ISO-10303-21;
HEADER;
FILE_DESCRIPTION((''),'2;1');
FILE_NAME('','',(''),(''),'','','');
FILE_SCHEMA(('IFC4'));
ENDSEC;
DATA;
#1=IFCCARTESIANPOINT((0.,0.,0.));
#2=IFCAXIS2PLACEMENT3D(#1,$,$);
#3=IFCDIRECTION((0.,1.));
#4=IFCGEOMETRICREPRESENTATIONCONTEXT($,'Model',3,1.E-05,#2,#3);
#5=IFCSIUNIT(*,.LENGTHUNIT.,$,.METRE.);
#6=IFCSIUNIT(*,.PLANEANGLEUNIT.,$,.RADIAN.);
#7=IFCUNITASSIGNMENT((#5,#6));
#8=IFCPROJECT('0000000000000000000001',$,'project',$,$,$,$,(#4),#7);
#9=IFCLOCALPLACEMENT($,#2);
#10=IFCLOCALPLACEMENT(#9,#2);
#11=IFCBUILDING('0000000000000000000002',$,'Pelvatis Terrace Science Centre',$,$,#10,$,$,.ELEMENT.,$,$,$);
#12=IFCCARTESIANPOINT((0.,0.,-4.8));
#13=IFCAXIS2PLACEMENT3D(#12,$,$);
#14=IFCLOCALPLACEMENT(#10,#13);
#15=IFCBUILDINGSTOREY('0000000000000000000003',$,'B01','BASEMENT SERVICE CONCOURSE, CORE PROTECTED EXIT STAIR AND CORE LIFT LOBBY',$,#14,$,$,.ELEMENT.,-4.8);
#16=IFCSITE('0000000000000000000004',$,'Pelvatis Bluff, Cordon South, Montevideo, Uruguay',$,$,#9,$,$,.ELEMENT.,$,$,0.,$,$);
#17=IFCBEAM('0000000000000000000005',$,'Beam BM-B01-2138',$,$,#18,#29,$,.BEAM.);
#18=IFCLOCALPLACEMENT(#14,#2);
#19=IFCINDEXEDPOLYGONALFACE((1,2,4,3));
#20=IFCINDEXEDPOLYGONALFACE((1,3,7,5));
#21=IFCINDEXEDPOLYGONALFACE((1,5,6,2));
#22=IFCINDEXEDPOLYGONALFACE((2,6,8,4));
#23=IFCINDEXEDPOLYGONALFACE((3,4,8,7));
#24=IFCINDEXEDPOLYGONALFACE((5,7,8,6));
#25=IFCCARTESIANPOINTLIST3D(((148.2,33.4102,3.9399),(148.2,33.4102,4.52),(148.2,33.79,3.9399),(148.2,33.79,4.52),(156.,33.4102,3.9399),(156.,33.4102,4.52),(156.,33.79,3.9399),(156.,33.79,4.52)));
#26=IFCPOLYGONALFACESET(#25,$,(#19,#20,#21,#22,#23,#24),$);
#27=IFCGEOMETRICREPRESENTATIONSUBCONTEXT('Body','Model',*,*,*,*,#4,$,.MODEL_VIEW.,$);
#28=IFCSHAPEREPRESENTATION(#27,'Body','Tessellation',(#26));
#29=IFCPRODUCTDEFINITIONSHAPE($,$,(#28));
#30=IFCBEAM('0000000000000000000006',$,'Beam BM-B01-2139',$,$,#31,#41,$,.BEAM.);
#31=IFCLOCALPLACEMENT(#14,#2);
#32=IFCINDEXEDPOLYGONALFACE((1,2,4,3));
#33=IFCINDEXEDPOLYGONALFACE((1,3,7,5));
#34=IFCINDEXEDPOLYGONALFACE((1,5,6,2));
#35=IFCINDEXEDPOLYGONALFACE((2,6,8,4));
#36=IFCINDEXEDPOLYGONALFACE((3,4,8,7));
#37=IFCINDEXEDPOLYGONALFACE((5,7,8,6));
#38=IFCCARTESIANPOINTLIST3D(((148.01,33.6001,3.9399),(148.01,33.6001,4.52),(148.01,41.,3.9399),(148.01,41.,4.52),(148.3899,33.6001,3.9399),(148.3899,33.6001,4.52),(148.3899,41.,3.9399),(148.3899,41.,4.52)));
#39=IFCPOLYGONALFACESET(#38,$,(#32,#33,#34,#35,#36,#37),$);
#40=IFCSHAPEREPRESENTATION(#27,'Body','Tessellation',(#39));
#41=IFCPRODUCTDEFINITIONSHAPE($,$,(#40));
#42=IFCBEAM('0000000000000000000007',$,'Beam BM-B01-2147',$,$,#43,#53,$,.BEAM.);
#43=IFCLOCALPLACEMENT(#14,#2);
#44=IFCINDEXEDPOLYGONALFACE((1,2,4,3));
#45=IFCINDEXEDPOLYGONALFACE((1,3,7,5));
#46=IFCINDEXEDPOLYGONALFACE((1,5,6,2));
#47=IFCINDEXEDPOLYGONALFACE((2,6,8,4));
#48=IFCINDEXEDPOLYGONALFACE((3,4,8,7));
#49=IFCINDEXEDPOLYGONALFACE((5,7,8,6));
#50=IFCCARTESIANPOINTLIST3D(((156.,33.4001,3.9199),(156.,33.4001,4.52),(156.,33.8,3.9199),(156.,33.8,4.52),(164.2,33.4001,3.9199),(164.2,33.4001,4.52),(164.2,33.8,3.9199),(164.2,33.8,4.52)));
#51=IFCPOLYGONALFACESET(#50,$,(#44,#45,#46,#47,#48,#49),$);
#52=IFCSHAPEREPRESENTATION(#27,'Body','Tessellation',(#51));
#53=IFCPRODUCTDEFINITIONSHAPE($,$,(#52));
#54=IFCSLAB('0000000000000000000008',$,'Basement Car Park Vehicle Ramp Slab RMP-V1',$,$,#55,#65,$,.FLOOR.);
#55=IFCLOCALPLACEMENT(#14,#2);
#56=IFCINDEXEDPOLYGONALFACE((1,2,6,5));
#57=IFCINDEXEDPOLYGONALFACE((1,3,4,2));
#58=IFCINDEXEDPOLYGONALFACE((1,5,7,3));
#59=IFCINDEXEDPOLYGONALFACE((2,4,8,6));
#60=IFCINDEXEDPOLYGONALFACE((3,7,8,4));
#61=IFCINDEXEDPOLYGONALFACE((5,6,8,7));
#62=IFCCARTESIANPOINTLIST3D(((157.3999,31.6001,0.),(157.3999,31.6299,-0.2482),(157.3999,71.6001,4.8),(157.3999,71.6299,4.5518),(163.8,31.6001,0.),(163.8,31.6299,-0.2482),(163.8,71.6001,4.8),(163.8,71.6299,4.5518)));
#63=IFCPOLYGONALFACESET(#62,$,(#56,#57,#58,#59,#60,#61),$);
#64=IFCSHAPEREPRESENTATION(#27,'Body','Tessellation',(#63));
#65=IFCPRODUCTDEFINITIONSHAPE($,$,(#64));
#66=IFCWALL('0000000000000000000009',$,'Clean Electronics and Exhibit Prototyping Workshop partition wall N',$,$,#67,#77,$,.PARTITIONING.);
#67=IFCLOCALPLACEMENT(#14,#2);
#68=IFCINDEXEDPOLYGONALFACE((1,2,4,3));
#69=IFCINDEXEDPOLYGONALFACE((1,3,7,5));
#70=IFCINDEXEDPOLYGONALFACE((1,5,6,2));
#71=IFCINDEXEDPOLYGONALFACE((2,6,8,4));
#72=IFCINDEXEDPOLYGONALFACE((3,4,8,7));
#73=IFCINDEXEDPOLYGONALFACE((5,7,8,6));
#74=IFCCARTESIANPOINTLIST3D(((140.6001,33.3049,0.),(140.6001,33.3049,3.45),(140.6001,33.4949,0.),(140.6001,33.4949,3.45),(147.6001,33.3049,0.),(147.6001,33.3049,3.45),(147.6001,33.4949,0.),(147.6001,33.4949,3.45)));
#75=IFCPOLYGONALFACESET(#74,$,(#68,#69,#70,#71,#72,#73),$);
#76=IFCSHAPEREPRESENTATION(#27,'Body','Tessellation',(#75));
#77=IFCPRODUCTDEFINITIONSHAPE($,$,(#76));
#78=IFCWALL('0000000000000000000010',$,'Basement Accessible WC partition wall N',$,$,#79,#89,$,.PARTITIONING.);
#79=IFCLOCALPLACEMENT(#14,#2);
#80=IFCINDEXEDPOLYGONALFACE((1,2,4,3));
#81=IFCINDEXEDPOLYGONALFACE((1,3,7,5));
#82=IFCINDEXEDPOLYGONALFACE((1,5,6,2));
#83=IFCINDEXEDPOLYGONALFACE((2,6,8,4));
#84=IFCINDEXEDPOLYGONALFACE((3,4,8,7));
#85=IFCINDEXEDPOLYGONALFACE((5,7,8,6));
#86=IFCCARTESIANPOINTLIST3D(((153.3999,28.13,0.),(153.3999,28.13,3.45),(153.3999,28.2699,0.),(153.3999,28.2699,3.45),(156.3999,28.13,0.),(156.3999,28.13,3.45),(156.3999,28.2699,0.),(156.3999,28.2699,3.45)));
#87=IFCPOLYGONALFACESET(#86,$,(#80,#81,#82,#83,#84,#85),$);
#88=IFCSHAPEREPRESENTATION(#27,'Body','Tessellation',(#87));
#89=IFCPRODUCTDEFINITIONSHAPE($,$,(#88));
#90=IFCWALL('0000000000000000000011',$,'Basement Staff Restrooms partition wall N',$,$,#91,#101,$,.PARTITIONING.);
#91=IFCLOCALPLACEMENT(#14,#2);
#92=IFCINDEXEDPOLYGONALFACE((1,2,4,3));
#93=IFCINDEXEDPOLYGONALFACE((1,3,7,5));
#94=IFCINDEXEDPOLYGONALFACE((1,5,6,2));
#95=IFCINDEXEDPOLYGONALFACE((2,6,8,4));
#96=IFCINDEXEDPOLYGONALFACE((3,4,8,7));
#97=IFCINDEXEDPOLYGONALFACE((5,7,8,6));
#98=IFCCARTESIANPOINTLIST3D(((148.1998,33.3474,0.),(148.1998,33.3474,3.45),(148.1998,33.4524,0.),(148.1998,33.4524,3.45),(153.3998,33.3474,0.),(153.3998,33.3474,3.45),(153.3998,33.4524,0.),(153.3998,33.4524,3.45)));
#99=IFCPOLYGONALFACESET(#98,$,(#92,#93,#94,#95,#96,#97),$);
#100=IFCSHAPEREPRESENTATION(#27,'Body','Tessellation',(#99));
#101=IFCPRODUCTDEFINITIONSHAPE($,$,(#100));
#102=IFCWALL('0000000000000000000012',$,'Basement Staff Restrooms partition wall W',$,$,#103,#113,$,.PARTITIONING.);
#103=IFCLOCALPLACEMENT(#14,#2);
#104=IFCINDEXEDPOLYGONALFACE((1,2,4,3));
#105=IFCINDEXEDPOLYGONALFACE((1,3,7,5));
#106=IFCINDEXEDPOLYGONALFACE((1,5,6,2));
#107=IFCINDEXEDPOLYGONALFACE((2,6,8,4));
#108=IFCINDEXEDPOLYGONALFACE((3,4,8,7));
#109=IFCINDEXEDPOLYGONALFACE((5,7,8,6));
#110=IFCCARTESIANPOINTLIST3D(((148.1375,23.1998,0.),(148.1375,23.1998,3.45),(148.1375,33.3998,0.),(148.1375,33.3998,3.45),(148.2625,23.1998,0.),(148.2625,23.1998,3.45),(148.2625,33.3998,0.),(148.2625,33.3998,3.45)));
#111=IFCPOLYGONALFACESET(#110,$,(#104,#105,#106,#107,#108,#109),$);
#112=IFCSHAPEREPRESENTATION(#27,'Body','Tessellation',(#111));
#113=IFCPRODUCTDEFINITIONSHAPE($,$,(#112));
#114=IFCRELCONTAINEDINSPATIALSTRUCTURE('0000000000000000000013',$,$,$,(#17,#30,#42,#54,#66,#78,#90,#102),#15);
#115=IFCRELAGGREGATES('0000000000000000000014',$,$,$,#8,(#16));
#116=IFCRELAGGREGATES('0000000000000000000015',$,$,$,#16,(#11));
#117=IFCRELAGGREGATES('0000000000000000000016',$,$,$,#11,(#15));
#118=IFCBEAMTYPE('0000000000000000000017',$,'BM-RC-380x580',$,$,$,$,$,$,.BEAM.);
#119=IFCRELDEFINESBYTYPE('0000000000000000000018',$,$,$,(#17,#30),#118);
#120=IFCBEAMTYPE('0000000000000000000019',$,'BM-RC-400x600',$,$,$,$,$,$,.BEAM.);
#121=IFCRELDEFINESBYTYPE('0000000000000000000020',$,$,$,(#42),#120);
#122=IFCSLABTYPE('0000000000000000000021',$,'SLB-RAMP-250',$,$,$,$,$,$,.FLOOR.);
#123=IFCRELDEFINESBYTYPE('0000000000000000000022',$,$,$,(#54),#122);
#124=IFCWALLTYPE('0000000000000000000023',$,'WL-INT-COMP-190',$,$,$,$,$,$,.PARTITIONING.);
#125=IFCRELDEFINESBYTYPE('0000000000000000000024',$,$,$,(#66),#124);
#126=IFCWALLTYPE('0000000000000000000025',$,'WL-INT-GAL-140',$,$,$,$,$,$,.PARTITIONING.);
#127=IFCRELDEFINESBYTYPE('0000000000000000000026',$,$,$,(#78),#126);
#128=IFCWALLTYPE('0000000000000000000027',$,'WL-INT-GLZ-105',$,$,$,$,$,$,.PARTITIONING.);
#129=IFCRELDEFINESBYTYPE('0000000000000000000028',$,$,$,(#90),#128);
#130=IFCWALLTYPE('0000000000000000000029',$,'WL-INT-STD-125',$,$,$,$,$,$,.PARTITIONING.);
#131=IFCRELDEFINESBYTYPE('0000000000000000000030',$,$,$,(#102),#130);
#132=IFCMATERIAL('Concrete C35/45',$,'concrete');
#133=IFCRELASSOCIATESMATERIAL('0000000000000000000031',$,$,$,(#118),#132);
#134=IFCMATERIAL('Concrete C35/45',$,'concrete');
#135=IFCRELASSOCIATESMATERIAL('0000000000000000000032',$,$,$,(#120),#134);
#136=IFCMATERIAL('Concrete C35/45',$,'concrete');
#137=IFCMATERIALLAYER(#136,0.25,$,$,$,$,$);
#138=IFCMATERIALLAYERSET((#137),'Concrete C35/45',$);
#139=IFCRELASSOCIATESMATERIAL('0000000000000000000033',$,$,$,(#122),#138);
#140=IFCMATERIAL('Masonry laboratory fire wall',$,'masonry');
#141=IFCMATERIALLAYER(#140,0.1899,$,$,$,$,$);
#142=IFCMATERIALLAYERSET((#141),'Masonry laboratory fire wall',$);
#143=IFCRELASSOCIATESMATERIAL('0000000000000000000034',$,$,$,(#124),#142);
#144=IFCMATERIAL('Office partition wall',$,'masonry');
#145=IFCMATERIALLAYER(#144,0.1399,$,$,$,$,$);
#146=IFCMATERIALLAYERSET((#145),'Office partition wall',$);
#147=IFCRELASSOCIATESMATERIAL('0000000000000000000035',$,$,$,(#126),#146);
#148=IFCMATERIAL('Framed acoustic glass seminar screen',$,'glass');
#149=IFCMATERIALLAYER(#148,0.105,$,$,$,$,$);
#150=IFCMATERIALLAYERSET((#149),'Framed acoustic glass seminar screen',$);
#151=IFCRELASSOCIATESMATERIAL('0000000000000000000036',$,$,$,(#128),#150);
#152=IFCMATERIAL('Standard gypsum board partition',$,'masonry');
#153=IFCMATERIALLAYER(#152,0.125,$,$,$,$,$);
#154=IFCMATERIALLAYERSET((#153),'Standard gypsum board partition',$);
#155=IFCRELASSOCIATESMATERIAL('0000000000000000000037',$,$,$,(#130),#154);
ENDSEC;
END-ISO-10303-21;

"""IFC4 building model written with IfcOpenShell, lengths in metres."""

from ifc_helpers import new_model, si_unit, direction, frame, frame_2d, origin, origin_2d, place, context, subcontext, project, spatial, polyline, rectangle, outline, extrude, material, layer, layer_set, material_profile, profile_set, type_object, element, save


model = new_model("IFC4")

# Units and contexts
model_context = context("Model", 3, precision=1e-05, world=origin(), true_north=direction((0.0, 1.0)))
body_context = subcontext(model_context, "Body", "Model", "MODEL_VIEW")
ifc_project = project(units=[si_unit("LENGTHUNIT", "METRE"), si_unit("PLANEANGLEUNIT", "RADIAN")], contexts=[model_context])

# Site, building, storey
site_placement = place(None, origin())
site = spatial("IfcSite", under=ifc_project, at=site_placement, Name="Pelvatis Bluff, Cordon South, Montevideo, Uruguay", CompositionType="ELEMENT", RefElevation=0.0)
building_placement = place(site_placement, origin())
building = spatial("IfcBuilding", under=site, at=building_placement, Name="Pelvatis Terrace Science Centre", CompositionType="ELEMENT")
storey_placement = place(building_placement, frame((0.0, 0.0, -4.8)))
storey = spatial("IfcBuildingStorey", under=building, at=storey_placement, Name="B01", Description="BASEMENT SERVICE CONCOURSE, CORE PROTECTED EXIT STAIR AND CORE LIFT LOBBY", CompositionType="ELEMENT", Elevation=-4.8)

# Beams
ifc_material_1 = material(Name="Concrete C35/45", Category="concrete")
ifc_material_profile_1 = material_profile(ifc_material_1, rectangle(XDim=0.3799, YDim=0.5801, at=origin_2d()), Name="RC-BM 380x580")
ifc_profile_set_1 = profile_set([ifc_material_profile_1], Name="Concrete C35/45")
beam_type_1 = type_object("IfcBeamType", Name="BM-RC-380x580", PredefinedType="BEAM", material=ifc_profile_set_1)
beam_1_placement = place(storey_placement, frame((148.2, 33.6001, 4.23), z_axis=(1.0, 0.0, 0.0), x_axis=(0.0, 1.0, 0.0)))
element("IfcBeam", 1, at=beam_1_placement, inside=storey, type_object=beam_type_1, Name="Beam BM-B01-2138", PredefinedType="BEAM", context=body_context, shape_type="SweptSolid", body=[
    extrude(rectangle(XDim=0.3799, YDim=0.5801, at=origin_2d()), origin(), (0.0, 0.0, 1.0), 7.8),
])
beam_2_placement = place(storey_placement, frame((148.2, 33.6001, 4.23), z_axis=(0.0, 1.0, 0.0), x_axis=(-1.0, 0.0, 0.0)))
element("IfcBeam", 2, at=beam_2_placement, inside=storey, type_object=beam_type_1, Name="Beam BM-B01-2139", PredefinedType="BEAM", context=body_context, shape_type="SweptSolid", body=[
    extrude(rectangle(XDim=0.3799, YDim=0.5801, at=origin_2d()), origin(), (0.0, 0.0, 1.0), 7.3999),
])
ifc_material_2 = material(Name="Concrete C35/45", Category="concrete")
ifc_material_profile_2 = material_profile(ifc_material_2, rectangle(XDim=0.3999, YDim=0.6001, at=origin_2d()), Name="RC-BM 400x600")
ifc_profile_set_2 = profile_set([ifc_material_profile_2], Name="Concrete C35/45")
beam_type_2 = type_object("IfcBeamType", Name="BM-RC-400x600", PredefinedType="BEAM", material=ifc_profile_set_2)
beam_3_placement = place(storey_placement, frame((156.0, 33.6001, 4.22), z_axis=(1.0, 0.0, 0.0), x_axis=(0.0, 1.0, 0.0)))
element("IfcBeam", 3, at=beam_3_placement, inside=storey, type_object=beam_type_2, Name="Beam BM-B01-2147", PredefinedType="BEAM", context=body_context, shape_type="SweptSolid", body=[
    extrude(rectangle(XDim=0.3999, YDim=0.6001, at=origin_2d()), origin(), (0.0, 0.0, 1.0), 8.2),
])

# Slab
ifc_material_3 = material(Name="Concrete C35/45", Category="concrete")
ifc_layer_1 = layer(ifc_material_3, 0.25)
ifc_layer_set_1 = layer_set([ifc_layer_1], Name="Concrete C35/45")
slab_type = type_object("IfcSlabType", Name="SLB-RAMP-250", PredefinedType="FLOOR", material=ifc_layer_set_1)
slab_placement = place(storey_placement, frame((157.3999, 31.6001, 0.0), z_axis=(0.0, -0.119146, 0.992877), x_axis=(1.0, 0.0, 0.0)))
element("IfcSlab", 4, at=slab_placement, inside=storey, type_object=slab_type, Name="Basement Car Park Vehicle Ramp Slab RMP-V1", PredefinedType="FLOOR", context=body_context, shape_type="SweptSolid", body=[
    extrude(outline(polyline([(0.0, 0.0), (6.4001, 0.0), (6.4001, 40.287), (0.0, 40.287), (0.0, 0.0)])), origin(), (0.0, 0.0, -1.0), 0.25),
])

# Walls
ifc_material_4 = material(Name="Masonry laboratory fire wall", Category="masonry")
ifc_layer_2 = layer(ifc_material_4, 0.1899)
ifc_layer_set_2 = layer_set([ifc_layer_2], Name="Masonry laboratory fire wall")
wall_type_1 = type_object("IfcWallType", Name="WL-INT-COMP-190", PredefinedType="PARTITIONING", material=ifc_layer_set_2)
wall_1_placement = place(storey_placement, frame((147.6001, 33.3999, 0.0), z_axis=(0.0, 0.0, 1.0), x_axis=(-1.0, 0.0, 0.0)))
element("IfcWall", 5, at=wall_1_placement, inside=storey, type_object=wall_type_1, Name="Clean Electronics and Exhibit Prototyping Workshop partition wall N", PredefinedType="PARTITIONING", context=body_context, shape_type="SweptSolid", body=[
    extrude(rectangle(XDim=7.0, YDim=0.1899, at=frame_2d((3.5, 0.0))), origin(), (0.0, 0.0, 1.0), 3.45),
])
ifc_material_5 = material(Name="Office partition wall", Category="masonry")
ifc_layer_3 = layer(ifc_material_5, 0.1399)
ifc_layer_set_3 = layer_set([ifc_layer_3], Name="Office partition wall")
wall_type_2 = type_object("IfcWallType", Name="WL-INT-GAL-140", PredefinedType="PARTITIONING", material=ifc_layer_set_3)
wall_2_placement = place(storey_placement, frame((156.3999, 28.2, 0.0), z_axis=(0.0, 0.0, 1.0), x_axis=(-1.0, 0.0, 0.0)))
element("IfcWall", 6, at=wall_2_placement, inside=storey, type_object=wall_type_2, Name="Basement Accessible WC partition wall N", PredefinedType="PARTITIONING", context=body_context, shape_type="SweptSolid", body=[
    extrude(rectangle(XDim=3.0, YDim=0.1399, at=frame_2d((1.5, 0.0))), origin(), (0.0, 0.0, 1.0), 3.45),
])
ifc_material_6 = material(Name="Framed acoustic glass seminar screen", Category="glass")
ifc_layer_4 = layer(ifc_material_6, 0.105)
ifc_layer_set_4 = layer_set([ifc_layer_4], Name="Framed acoustic glass seminar screen")
wall_type_3 = type_object("IfcWallType", Name="WL-INT-GLZ-105", PredefinedType="PARTITIONING", material=ifc_layer_set_4)
wall_3_placement = place(storey_placement, frame((153.3999, 33.3999, 0.0), z_axis=(0.0, 0.0, 1.0), x_axis=(-1.0, 0.0, 0.0)))
element("IfcWall", 7, at=wall_3_placement, inside=storey, type_object=wall_type_3, Name="Basement Staff Restrooms partition wall N", PredefinedType="PARTITIONING", context=body_context, shape_type="SweptSolid", body=[
    extrude(rectangle(XDim=5.2, YDim=0.105, at=frame_2d((2.6001, 0.0))), origin(), (0.0, 0.0, 1.0), 3.45),
])
ifc_material_7 = material(Name="Standard gypsum board partition", Category="masonry")
ifc_layer_5 = layer(ifc_material_7, 0.125)
ifc_layer_set_5 = layer_set([ifc_layer_5], Name="Standard gypsum board partition")
wall_type_4 = type_object("IfcWallType", Name="WL-INT-STD-125", PredefinedType="PARTITIONING", material=ifc_layer_set_5)
wall_4_placement = place(storey_placement, frame((148.2, 33.3999, 0.0), z_axis=(0.0, 0.0, 1.0), x_axis=(0.0, -1.0, 0.0)))
element("IfcWall", 8, at=wall_4_placement, inside=storey, type_object=wall_type_4, Name="Basement Staff Restrooms partition wall W", PredefinedType="PARTITIONING", context=body_context, shape_type="SweptSolid", body=[
    extrude(rectangle(XDim=10.2, YDim=0.125, at=frame_2d((5.1001, 0.0))), origin(), (0.0, 0.0, 1.0), 3.45),
])

save(model, "model.ifc")
